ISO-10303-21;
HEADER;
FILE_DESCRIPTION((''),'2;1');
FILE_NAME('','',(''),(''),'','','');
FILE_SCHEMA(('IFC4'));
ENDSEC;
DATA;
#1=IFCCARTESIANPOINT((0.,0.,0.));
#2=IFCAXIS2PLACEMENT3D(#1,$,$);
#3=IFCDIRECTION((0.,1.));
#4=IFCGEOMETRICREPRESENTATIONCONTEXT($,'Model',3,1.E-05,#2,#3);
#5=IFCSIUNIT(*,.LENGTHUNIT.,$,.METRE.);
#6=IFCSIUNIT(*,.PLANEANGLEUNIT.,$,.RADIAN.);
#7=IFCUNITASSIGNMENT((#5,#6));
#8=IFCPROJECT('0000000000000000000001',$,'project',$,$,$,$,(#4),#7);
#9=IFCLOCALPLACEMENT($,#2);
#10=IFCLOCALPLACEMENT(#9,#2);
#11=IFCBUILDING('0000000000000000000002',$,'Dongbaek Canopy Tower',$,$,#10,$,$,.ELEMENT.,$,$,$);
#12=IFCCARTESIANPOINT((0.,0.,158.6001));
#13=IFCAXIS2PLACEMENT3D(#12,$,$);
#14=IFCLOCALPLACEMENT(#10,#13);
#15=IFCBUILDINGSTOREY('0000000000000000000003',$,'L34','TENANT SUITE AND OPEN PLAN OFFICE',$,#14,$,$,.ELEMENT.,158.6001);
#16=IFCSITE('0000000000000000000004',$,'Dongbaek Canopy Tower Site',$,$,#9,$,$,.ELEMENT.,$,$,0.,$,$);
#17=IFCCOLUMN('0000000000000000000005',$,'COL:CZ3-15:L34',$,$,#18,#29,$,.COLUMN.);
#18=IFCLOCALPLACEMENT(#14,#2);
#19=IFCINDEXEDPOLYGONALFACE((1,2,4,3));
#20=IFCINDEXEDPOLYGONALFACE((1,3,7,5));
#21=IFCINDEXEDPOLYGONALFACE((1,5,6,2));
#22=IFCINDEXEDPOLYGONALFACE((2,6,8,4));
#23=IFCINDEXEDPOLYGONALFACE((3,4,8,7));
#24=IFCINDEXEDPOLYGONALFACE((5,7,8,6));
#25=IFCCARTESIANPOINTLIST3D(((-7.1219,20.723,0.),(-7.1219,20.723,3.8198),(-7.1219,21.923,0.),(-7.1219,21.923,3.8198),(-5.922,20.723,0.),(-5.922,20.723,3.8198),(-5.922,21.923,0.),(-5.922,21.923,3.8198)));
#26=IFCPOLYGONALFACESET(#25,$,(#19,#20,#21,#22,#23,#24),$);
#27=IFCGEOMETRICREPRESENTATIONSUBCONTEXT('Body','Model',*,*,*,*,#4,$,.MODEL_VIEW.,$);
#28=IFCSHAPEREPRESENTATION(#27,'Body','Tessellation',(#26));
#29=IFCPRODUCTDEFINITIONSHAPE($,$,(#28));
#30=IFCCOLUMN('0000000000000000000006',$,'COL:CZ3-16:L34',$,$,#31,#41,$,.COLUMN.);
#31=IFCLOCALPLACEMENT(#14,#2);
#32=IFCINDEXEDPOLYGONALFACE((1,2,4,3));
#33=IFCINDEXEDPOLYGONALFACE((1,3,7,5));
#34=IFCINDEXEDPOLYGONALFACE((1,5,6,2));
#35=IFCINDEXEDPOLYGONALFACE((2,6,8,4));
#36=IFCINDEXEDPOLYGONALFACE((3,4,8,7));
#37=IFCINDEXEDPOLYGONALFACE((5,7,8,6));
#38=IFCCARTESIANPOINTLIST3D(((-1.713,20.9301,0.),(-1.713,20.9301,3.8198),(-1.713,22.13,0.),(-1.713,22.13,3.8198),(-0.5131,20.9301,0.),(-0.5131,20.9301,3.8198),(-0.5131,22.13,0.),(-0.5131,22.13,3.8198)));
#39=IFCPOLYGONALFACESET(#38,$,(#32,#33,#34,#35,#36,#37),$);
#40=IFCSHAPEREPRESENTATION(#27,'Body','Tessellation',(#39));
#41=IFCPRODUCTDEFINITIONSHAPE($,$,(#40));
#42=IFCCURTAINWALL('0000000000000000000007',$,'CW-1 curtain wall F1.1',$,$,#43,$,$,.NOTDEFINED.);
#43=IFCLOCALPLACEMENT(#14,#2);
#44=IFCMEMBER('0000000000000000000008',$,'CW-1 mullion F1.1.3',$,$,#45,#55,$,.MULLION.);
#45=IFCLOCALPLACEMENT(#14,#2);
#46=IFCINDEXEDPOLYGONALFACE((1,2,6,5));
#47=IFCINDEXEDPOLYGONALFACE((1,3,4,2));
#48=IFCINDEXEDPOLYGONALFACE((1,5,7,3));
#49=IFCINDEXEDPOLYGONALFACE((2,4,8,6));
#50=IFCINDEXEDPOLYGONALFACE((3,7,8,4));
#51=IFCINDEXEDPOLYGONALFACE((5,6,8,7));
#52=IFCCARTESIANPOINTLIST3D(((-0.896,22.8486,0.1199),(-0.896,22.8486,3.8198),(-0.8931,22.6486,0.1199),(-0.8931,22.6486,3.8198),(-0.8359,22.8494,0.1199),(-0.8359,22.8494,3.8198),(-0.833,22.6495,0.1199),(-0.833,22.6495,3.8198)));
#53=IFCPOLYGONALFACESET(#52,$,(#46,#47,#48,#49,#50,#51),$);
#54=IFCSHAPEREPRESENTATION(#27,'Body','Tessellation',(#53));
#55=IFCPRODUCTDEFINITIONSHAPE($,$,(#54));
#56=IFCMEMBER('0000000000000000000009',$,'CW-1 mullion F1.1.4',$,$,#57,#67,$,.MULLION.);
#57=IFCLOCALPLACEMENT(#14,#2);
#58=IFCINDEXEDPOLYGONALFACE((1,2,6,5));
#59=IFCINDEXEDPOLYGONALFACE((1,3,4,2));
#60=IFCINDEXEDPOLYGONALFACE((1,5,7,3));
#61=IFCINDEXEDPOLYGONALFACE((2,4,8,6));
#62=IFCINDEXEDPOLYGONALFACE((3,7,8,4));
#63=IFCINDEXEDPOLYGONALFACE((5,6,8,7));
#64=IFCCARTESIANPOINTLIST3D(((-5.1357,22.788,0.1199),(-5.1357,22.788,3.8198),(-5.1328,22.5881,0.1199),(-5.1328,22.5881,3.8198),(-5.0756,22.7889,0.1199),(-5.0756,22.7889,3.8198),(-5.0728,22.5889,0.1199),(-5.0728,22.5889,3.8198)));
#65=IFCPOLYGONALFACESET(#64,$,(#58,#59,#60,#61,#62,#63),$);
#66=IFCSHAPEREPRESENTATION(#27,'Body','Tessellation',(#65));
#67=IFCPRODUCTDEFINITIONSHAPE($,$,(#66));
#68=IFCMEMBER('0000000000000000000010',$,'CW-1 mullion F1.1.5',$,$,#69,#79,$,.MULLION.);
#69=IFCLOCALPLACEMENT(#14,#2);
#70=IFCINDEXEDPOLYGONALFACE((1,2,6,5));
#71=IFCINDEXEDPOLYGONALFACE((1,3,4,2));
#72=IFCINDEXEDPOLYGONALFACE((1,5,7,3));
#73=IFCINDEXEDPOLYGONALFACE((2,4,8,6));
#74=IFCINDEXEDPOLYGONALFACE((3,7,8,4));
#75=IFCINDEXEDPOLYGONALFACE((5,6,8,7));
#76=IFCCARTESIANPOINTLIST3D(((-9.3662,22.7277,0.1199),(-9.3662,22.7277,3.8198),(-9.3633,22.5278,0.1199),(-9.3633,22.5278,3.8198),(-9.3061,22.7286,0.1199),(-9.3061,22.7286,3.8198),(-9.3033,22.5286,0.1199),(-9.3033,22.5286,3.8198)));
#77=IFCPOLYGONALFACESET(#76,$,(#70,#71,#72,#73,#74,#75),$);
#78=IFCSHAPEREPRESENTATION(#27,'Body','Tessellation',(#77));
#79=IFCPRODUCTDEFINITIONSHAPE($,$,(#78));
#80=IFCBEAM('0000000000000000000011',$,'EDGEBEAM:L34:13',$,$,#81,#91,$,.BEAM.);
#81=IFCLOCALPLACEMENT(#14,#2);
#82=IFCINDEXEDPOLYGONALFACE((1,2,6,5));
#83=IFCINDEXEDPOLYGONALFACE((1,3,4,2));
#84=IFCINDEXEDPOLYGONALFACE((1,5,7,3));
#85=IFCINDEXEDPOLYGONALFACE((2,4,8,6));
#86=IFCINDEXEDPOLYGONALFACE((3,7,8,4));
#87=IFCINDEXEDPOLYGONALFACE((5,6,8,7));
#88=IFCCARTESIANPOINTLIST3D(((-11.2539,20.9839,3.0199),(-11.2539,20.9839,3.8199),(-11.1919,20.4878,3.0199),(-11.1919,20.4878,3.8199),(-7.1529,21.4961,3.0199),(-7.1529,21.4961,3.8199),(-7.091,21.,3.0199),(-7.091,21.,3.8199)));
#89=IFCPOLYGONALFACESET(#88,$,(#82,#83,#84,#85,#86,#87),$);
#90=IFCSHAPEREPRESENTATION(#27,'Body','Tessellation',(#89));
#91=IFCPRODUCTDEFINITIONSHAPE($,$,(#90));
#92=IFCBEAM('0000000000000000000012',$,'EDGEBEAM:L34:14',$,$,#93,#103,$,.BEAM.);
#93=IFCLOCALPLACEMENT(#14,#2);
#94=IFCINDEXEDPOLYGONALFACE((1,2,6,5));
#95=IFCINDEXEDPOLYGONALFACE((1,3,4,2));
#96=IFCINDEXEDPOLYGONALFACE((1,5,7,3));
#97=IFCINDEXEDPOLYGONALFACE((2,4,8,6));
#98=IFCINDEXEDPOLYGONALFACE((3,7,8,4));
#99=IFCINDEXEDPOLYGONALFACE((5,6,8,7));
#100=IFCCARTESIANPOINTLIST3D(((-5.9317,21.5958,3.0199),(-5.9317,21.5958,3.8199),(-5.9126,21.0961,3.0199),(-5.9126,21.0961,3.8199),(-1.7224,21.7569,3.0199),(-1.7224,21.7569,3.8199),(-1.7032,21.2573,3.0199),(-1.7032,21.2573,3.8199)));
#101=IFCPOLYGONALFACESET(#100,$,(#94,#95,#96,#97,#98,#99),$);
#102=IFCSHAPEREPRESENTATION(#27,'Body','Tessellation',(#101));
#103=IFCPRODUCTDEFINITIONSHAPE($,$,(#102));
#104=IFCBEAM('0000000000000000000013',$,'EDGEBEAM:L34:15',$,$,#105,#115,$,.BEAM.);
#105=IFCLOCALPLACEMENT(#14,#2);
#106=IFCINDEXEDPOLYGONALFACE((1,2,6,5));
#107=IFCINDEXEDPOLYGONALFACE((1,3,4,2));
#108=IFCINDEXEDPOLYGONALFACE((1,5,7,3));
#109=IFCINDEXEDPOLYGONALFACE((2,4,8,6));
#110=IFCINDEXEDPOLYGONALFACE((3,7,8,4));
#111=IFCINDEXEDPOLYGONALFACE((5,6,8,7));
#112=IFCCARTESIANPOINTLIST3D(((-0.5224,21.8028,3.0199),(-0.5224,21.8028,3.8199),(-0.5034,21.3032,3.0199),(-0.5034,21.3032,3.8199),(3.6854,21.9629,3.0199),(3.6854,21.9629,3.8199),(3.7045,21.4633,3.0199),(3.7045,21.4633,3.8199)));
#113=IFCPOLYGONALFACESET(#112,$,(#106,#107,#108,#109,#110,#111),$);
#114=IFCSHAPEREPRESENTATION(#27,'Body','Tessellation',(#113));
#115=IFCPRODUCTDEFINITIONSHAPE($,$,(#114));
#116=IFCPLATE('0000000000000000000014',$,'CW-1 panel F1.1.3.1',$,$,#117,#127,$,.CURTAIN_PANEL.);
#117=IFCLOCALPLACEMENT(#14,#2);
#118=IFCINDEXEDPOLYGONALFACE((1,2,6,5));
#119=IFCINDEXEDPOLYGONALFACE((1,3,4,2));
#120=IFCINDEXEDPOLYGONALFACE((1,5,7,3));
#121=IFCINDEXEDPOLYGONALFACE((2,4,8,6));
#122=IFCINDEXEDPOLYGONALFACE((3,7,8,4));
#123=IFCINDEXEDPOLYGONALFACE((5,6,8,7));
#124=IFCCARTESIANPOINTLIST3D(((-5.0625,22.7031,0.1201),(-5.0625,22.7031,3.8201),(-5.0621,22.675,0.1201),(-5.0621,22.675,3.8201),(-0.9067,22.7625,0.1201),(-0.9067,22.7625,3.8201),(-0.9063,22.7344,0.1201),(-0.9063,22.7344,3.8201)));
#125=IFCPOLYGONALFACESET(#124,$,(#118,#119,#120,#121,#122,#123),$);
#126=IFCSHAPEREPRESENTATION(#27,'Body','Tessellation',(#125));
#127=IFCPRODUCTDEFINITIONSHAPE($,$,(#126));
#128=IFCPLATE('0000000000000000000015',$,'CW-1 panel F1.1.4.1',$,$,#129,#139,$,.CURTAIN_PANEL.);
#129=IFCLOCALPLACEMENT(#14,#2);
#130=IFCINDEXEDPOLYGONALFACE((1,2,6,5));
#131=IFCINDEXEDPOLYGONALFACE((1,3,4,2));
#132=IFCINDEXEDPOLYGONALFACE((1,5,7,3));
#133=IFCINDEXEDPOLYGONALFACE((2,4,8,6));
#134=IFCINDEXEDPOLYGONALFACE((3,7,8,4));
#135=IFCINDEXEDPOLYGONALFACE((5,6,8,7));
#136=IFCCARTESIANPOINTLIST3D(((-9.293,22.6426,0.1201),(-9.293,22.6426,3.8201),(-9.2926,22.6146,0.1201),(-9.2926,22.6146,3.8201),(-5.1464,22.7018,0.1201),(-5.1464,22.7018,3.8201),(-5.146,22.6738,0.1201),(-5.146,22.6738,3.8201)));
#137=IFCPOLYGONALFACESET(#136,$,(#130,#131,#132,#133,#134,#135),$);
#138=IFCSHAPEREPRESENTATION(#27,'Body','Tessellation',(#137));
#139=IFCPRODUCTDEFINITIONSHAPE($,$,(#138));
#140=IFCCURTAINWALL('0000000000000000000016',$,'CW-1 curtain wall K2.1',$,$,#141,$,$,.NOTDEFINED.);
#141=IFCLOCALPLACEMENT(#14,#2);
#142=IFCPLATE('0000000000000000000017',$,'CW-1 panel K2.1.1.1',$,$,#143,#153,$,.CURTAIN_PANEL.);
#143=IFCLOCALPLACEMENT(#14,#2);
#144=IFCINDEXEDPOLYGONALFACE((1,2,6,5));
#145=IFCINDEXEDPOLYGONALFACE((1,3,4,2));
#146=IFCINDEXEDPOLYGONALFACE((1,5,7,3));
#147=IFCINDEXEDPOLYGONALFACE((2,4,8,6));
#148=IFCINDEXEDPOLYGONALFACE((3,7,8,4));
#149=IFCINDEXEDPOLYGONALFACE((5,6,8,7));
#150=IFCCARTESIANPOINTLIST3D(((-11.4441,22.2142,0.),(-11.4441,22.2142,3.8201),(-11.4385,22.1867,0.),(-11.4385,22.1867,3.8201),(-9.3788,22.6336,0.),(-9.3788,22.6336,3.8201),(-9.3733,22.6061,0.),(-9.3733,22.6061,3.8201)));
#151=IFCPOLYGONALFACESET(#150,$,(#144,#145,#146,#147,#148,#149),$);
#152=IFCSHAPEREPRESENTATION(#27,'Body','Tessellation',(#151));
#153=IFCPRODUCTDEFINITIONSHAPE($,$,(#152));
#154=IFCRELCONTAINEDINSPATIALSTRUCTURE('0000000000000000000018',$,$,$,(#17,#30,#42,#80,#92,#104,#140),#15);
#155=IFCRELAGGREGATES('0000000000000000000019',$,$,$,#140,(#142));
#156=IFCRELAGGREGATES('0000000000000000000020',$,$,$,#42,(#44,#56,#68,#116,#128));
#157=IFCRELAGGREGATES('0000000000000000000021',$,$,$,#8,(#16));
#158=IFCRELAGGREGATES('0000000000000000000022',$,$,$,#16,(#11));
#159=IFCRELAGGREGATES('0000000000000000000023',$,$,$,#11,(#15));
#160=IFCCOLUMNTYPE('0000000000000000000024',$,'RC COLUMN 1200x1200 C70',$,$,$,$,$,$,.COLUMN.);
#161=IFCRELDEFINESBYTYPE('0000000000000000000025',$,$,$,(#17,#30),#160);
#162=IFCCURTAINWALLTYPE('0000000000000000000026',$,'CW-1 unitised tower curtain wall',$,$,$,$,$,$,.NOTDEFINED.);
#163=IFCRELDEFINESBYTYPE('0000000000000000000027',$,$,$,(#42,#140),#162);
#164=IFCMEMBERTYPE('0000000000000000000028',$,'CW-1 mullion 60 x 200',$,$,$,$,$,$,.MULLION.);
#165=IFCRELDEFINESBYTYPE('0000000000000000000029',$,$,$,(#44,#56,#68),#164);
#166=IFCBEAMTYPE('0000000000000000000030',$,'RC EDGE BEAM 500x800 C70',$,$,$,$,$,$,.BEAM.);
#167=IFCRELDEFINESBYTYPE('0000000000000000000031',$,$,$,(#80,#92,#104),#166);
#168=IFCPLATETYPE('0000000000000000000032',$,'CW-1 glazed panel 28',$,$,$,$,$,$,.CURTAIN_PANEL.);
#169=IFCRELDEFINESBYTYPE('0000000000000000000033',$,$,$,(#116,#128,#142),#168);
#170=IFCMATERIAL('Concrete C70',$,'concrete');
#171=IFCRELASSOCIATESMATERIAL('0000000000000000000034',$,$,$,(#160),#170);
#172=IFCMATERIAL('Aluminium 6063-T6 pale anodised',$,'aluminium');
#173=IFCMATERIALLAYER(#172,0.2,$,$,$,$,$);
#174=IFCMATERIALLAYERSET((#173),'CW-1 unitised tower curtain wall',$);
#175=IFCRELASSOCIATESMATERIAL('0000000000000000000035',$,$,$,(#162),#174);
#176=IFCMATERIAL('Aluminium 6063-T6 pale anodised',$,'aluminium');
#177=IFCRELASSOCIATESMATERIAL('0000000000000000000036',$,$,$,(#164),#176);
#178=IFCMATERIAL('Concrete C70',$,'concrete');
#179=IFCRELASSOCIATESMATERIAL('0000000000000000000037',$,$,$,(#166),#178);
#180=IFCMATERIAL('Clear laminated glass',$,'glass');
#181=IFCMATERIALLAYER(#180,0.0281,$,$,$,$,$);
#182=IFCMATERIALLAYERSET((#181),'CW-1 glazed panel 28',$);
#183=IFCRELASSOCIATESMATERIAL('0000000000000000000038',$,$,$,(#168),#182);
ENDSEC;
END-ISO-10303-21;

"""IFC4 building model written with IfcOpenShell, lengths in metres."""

from ifc_helpers import new_model, si_unit, direction, frame, origin, origin_2d, place, context, subcontext, project, spatial, rectangle, extrude, material, layer, layer_set, material_profile, profile_set, type_object, element, aggregate, save


model = new_model("IFC4")

# Units and contexts
model_context = context("Model", 3, precision=1e-05, world=origin(), true_north=direction((0.0, 1.0)))
body_context = subcontext(model_context, "Body", "Model", "MODEL_VIEW")
ifc_project = project(units=[si_unit("LENGTHUNIT", "METRE"), si_unit("PLANEANGLEUNIT", "RADIAN")], contexts=[model_context])

# Site, building, storey
site_placement = place(None, origin())
site = spatial("IfcSite", under=ifc_project, at=site_placement, Name="Dongbaek Canopy Tower Site", CompositionType="ELEMENT", RefElevation=0.0)
building_placement = place(site_placement, origin())
building = spatial("IfcBuilding", under=site, at=building_placement, Name="Dongbaek Canopy Tower", CompositionType="ELEMENT")
storey_placement = place(building_placement, frame((0.0, 0.0, 158.6001)))
storey = spatial("IfcBuildingStorey", under=building, at=storey_placement, Name="L34", Description="TENANT SUITE AND OPEN PLAN OFFICE", CompositionType="ELEMENT", Elevation=158.6001)

# Columns
ifc_material_1 = material(Name="Concrete C70", Category="concrete")
ifc_material_profile_1 = material_profile(ifc_material_1, rectangle(XDim=1.2, YDim=1.2, at=origin_2d()), Name="RC COLUMN 1200x1200 C70")
ifc_profile_set_1 = profile_set([ifc_material_profile_1], Name="Concrete C70")
column_type = type_object("IfcColumnType", Name="RC COLUMN 1200x1200 C70", PredefinedType="COLUMN", material=ifc_profile_set_1)
for number, where, z_axis, x_axis, name in (
    (1, (-6.522, 21.323, 0.0), (0.0, 0.0, 1.0), (1.0, 0.0, 0.0), "COL:CZ3-15:L34"),
    (2, (-1.113, 21.53, 0.0), (0.0, 0.0, 1.0), (1.0, 0.0, 0.0), "COL:CZ3-16:L34"),
):
    element("IfcColumn", number, at=place(storey_placement, frame(where, z_axis=z_axis, x_axis=x_axis)), inside=storey, type_object=column_type, Name=name, PredefinedType="COLUMN", context=body_context, shape_type="SweptSolid", body=[
        extrude(rectangle(XDim=1.2, YDim=1.2, at=origin_2d()), origin(), (0.0, 0.0, 1.0), 3.8198),
    ])

# Curtain wall, members
ifc_material_2 = material(Name="Aluminium 6063-T6 pale anodised", Category="aluminium")
ifc_layer_1 = layer(ifc_material_2, 0.2)
ifc_layer_set_1 = layer_set([ifc_layer_1], Name="CW-1 unitised tower curtain wall")
curtain_wall_type = type_object("IfcCurtainWallType", Name="CW-1 unitised tower curtain wall", PredefinedType="NOTDEFINED", material=ifc_layer_set_1)
curtain_wall_1_placement = place(storey_placement, origin())
curtain_wall_1 = element("IfcCurtainWall", 3, at=curtain_wall_1_placement, inside=storey, type_object=curtain_wall_type, Name="CW-1 curtain wall F1.1", PredefinedType="NOTDEFINED")
ifc_material_3 = material(Name="Aluminium 6063-T6 pale anodised", Category="aluminium")
ifc_material_profile_2 = material_profile(ifc_material_3, rectangle(XDim=0.2, YDim=0.0601, at=origin_2d()), Name="CW-1 mullion 60 x 200")
ifc_profile_set_2 = profile_set([ifc_material_profile_2], Name="Aluminium 6063-T6 pale anodised")
member_type = type_object("IfcMemberType", Name="CW-1 mullion 60 x 200", PredefinedType="MULLION", material=ifc_profile_set_2)
member_1_placement = place(storey_placement, frame((-0.8645, 22.749, 0.1199), z_axis=(0.0, 0.0, 1.0), x_axis=(-0.014277, 0.999898, 0.0)))
member_1 = element("IfcMember", 4, at=member_1_placement, type_object=member_type, Name="CW-1 mullion F1.1.3", PredefinedType="MULLION", context=body_context, shape_type="SweptSolid", body=[
    extrude(rectangle(XDim=0.2, YDim=0.0601, at=origin_2d()), origin(), (0.0, 0.0, 1.0), 3.7),
])
member_2_placement = place(storey_placement, frame((-5.1042, 22.6885, 0.1199), z_axis=(0.0, 0.0, 1.0), x_axis=(-0.014277, 0.999898, 0.0)))
member_2 = element("IfcMember", 5, at=member_2_placement, type_object=member_type, Name="CW-1 mullion F1.1.4", PredefinedType="MULLION", context=body_context, shape_type="SweptSolid", body=[
    extrude(rectangle(XDim=0.2, YDim=0.0601, at=origin_2d()), origin(), (0.0, 0.0, 1.0), 3.7),
])
member_3_placement = place(storey_placement, frame((-9.3347, 22.6282, 0.1199), z_axis=(0.0, 0.0, 1.0), x_axis=(-0.014277, 0.999898, 0.0)))
member_3 = element("IfcMember", 6, at=member_3_placement, type_object=member_type, Name="CW-1 mullion F1.1.5", PredefinedType="MULLION", context=body_context, shape_type="SweptSolid", body=[
    extrude(rectangle(XDim=0.2, YDim=0.0601, at=origin_2d()), origin(), (0.0, 0.0, 1.0), 3.7),
])

# Beams
ifc_material_4 = material(Name="Concrete C70", Category="concrete")
ifc_material_profile_3 = material_profile(ifc_material_4, rectangle(XDim=0.5, YDim=0.8, at=origin_2d()), Name="RC EDGE BEAM 500x800 C70")
ifc_profile_set_3 = profile_set([ifc_material_profile_3], Name="Concrete C70")
beam_type = type_object("IfcBeamType", Name="RC EDGE BEAM 500x800 C70", PredefinedType="BEAM", material=ifc_profile_set_3)
beam_1_placement = place(storey_placement, frame((-11.2229, 20.7358, 3.4199), z_axis=(0.99229, 0.12394, 0.0), x_axis=(-0.12394, 0.99229, 0.0)))
element("IfcBeam", 7, at=beam_1_placement, inside=storey, type_object=beam_type, Name="EDGEBEAM:L34:13", PredefinedType="BEAM", context=body_context, shape_type="SweptSolid", body=[
    extrude(rectangle(XDim=0.5, YDim=0.8, at=origin_2d()), origin(), (0.0, 0.0, 1.0), 4.1328),
])
beam_2_placement = place(storey_placement, frame((-5.9221, 21.3459, 3.4199), z_axis=(0.999268, 0.038253, 0.0), x_axis=(-0.038253, 0.999268, 0.0)))
element("IfcBeam", 8, at=beam_2_placement, inside=storey, type_object=beam_type, Name="EDGEBEAM:L34:14", PredefinedType="BEAM", context=body_context, shape_type="SweptSolid", body=[
    extrude(rectangle(XDim=0.5, YDim=0.8, at=origin_2d()), origin(), (0.0, 0.0, 1.0), 4.2124),
])
beam_3_placement = place(storey_placement, frame((-0.5129, 21.553, 3.4199), z_axis=(0.999277, 0.038032, 0.0), x_axis=(-0.038032, 0.999277, 0.0)))
element("IfcBeam", 9, at=beam_3_placement, inside=storey, type_object=beam_type, Name="EDGEBEAM:L34:15", PredefinedType="BEAM", context=body_context, shape_type="SweptSolid", body=[
    extrude(rectangle(XDim=0.5, YDim=0.8, at=origin_2d()), origin(), (0.0, 0.0, 1.0), 4.2109),
])

# Plates
ifc_material_5 = material(Name="Clear laminated glass", Category="glass")
ifc_layer_2 = layer(ifc_material_5, 0.0281)
ifc_layer_set_2 = layer_set([ifc_layer_2], Name="CW-1 glazed panel 28")
plate_type = type_object("IfcPlateType", Name="CW-1 glazed panel 28", PredefinedType="CURTAIN_PANEL", material=ifc_layer_set_2)
plate_1_placement = place(storey_placement, frame((-2.9844, 22.7188, 0.1201), z_axis=(0.0, 0.0, 1.0), x_axis=(-0.999898, -0.014277, 0.0)))
plate_1 = element("IfcPlate", 10, at=plate_1_placement, type_object=plate_type, Name="CW-1 panel F1.1.3.1", PredefinedType="CURTAIN_PANEL", context=body_context, shape_type="SweptSolid", body=[
    extrude(rectangle(XDim=4.1562, YDim=0.0281, at=origin_2d()), origin(), (0.0, 0.0, 1.0), 3.7),
])
plate_2_placement = place(storey_placement, frame((-7.2195, 22.6582, 0.1201), z_axis=(0.0, 0.0, 1.0), x_axis=(-0.999898, -0.014277, 0.0)))
plate_2 = element("IfcPlate", 11, at=plate_2_placement, type_object=plate_type, Name="CW-1 panel F1.1.4.1", PredefinedType="CURTAIN_PANEL", context=body_context, shape_type="SweptSolid", body=[
    extrude(rectangle(XDim=4.147, YDim=0.0281, at=origin_2d()), origin(), (0.0, 0.0, 1.0), 3.7),
])

# Curtain wall, plate
curtain_wall_2_placement = place(storey_placement, origin())
curtain_wall_2 = element("IfcCurtainWall", 12, at=curtain_wall_2_placement, inside=storey, type_object=curtain_wall_type, Name="CW-1 curtain wall K2.1", PredefinedType="NOTDEFINED")
plate_3_placement = place(storey_placement, frame((-10.4087, 22.4102, 0.0), z_axis=(0.0, 0.0, 1.0), x_axis=(-0.980004, -0.198978, 0.0)))
plate_3 = element("IfcPlate", 13, at=plate_3_placement, type_object=plate_type, Name="CW-1 panel K2.1.1.1", PredefinedType="CURTAIN_PANEL", context=body_context, shape_type="SweptSolid", body=[
    extrude(rectangle(XDim=2.1074, YDim=0.0281, at=origin_2d()), origin(), (0.0, 0.0, 1.0), 3.8201),
])
aggregate(curtain_wall_2, [plate_3])

aggregate(curtain_wall_1, [member_1, member_2, member_3, plate_1, plate_2])

save(model, "model.ifc")
